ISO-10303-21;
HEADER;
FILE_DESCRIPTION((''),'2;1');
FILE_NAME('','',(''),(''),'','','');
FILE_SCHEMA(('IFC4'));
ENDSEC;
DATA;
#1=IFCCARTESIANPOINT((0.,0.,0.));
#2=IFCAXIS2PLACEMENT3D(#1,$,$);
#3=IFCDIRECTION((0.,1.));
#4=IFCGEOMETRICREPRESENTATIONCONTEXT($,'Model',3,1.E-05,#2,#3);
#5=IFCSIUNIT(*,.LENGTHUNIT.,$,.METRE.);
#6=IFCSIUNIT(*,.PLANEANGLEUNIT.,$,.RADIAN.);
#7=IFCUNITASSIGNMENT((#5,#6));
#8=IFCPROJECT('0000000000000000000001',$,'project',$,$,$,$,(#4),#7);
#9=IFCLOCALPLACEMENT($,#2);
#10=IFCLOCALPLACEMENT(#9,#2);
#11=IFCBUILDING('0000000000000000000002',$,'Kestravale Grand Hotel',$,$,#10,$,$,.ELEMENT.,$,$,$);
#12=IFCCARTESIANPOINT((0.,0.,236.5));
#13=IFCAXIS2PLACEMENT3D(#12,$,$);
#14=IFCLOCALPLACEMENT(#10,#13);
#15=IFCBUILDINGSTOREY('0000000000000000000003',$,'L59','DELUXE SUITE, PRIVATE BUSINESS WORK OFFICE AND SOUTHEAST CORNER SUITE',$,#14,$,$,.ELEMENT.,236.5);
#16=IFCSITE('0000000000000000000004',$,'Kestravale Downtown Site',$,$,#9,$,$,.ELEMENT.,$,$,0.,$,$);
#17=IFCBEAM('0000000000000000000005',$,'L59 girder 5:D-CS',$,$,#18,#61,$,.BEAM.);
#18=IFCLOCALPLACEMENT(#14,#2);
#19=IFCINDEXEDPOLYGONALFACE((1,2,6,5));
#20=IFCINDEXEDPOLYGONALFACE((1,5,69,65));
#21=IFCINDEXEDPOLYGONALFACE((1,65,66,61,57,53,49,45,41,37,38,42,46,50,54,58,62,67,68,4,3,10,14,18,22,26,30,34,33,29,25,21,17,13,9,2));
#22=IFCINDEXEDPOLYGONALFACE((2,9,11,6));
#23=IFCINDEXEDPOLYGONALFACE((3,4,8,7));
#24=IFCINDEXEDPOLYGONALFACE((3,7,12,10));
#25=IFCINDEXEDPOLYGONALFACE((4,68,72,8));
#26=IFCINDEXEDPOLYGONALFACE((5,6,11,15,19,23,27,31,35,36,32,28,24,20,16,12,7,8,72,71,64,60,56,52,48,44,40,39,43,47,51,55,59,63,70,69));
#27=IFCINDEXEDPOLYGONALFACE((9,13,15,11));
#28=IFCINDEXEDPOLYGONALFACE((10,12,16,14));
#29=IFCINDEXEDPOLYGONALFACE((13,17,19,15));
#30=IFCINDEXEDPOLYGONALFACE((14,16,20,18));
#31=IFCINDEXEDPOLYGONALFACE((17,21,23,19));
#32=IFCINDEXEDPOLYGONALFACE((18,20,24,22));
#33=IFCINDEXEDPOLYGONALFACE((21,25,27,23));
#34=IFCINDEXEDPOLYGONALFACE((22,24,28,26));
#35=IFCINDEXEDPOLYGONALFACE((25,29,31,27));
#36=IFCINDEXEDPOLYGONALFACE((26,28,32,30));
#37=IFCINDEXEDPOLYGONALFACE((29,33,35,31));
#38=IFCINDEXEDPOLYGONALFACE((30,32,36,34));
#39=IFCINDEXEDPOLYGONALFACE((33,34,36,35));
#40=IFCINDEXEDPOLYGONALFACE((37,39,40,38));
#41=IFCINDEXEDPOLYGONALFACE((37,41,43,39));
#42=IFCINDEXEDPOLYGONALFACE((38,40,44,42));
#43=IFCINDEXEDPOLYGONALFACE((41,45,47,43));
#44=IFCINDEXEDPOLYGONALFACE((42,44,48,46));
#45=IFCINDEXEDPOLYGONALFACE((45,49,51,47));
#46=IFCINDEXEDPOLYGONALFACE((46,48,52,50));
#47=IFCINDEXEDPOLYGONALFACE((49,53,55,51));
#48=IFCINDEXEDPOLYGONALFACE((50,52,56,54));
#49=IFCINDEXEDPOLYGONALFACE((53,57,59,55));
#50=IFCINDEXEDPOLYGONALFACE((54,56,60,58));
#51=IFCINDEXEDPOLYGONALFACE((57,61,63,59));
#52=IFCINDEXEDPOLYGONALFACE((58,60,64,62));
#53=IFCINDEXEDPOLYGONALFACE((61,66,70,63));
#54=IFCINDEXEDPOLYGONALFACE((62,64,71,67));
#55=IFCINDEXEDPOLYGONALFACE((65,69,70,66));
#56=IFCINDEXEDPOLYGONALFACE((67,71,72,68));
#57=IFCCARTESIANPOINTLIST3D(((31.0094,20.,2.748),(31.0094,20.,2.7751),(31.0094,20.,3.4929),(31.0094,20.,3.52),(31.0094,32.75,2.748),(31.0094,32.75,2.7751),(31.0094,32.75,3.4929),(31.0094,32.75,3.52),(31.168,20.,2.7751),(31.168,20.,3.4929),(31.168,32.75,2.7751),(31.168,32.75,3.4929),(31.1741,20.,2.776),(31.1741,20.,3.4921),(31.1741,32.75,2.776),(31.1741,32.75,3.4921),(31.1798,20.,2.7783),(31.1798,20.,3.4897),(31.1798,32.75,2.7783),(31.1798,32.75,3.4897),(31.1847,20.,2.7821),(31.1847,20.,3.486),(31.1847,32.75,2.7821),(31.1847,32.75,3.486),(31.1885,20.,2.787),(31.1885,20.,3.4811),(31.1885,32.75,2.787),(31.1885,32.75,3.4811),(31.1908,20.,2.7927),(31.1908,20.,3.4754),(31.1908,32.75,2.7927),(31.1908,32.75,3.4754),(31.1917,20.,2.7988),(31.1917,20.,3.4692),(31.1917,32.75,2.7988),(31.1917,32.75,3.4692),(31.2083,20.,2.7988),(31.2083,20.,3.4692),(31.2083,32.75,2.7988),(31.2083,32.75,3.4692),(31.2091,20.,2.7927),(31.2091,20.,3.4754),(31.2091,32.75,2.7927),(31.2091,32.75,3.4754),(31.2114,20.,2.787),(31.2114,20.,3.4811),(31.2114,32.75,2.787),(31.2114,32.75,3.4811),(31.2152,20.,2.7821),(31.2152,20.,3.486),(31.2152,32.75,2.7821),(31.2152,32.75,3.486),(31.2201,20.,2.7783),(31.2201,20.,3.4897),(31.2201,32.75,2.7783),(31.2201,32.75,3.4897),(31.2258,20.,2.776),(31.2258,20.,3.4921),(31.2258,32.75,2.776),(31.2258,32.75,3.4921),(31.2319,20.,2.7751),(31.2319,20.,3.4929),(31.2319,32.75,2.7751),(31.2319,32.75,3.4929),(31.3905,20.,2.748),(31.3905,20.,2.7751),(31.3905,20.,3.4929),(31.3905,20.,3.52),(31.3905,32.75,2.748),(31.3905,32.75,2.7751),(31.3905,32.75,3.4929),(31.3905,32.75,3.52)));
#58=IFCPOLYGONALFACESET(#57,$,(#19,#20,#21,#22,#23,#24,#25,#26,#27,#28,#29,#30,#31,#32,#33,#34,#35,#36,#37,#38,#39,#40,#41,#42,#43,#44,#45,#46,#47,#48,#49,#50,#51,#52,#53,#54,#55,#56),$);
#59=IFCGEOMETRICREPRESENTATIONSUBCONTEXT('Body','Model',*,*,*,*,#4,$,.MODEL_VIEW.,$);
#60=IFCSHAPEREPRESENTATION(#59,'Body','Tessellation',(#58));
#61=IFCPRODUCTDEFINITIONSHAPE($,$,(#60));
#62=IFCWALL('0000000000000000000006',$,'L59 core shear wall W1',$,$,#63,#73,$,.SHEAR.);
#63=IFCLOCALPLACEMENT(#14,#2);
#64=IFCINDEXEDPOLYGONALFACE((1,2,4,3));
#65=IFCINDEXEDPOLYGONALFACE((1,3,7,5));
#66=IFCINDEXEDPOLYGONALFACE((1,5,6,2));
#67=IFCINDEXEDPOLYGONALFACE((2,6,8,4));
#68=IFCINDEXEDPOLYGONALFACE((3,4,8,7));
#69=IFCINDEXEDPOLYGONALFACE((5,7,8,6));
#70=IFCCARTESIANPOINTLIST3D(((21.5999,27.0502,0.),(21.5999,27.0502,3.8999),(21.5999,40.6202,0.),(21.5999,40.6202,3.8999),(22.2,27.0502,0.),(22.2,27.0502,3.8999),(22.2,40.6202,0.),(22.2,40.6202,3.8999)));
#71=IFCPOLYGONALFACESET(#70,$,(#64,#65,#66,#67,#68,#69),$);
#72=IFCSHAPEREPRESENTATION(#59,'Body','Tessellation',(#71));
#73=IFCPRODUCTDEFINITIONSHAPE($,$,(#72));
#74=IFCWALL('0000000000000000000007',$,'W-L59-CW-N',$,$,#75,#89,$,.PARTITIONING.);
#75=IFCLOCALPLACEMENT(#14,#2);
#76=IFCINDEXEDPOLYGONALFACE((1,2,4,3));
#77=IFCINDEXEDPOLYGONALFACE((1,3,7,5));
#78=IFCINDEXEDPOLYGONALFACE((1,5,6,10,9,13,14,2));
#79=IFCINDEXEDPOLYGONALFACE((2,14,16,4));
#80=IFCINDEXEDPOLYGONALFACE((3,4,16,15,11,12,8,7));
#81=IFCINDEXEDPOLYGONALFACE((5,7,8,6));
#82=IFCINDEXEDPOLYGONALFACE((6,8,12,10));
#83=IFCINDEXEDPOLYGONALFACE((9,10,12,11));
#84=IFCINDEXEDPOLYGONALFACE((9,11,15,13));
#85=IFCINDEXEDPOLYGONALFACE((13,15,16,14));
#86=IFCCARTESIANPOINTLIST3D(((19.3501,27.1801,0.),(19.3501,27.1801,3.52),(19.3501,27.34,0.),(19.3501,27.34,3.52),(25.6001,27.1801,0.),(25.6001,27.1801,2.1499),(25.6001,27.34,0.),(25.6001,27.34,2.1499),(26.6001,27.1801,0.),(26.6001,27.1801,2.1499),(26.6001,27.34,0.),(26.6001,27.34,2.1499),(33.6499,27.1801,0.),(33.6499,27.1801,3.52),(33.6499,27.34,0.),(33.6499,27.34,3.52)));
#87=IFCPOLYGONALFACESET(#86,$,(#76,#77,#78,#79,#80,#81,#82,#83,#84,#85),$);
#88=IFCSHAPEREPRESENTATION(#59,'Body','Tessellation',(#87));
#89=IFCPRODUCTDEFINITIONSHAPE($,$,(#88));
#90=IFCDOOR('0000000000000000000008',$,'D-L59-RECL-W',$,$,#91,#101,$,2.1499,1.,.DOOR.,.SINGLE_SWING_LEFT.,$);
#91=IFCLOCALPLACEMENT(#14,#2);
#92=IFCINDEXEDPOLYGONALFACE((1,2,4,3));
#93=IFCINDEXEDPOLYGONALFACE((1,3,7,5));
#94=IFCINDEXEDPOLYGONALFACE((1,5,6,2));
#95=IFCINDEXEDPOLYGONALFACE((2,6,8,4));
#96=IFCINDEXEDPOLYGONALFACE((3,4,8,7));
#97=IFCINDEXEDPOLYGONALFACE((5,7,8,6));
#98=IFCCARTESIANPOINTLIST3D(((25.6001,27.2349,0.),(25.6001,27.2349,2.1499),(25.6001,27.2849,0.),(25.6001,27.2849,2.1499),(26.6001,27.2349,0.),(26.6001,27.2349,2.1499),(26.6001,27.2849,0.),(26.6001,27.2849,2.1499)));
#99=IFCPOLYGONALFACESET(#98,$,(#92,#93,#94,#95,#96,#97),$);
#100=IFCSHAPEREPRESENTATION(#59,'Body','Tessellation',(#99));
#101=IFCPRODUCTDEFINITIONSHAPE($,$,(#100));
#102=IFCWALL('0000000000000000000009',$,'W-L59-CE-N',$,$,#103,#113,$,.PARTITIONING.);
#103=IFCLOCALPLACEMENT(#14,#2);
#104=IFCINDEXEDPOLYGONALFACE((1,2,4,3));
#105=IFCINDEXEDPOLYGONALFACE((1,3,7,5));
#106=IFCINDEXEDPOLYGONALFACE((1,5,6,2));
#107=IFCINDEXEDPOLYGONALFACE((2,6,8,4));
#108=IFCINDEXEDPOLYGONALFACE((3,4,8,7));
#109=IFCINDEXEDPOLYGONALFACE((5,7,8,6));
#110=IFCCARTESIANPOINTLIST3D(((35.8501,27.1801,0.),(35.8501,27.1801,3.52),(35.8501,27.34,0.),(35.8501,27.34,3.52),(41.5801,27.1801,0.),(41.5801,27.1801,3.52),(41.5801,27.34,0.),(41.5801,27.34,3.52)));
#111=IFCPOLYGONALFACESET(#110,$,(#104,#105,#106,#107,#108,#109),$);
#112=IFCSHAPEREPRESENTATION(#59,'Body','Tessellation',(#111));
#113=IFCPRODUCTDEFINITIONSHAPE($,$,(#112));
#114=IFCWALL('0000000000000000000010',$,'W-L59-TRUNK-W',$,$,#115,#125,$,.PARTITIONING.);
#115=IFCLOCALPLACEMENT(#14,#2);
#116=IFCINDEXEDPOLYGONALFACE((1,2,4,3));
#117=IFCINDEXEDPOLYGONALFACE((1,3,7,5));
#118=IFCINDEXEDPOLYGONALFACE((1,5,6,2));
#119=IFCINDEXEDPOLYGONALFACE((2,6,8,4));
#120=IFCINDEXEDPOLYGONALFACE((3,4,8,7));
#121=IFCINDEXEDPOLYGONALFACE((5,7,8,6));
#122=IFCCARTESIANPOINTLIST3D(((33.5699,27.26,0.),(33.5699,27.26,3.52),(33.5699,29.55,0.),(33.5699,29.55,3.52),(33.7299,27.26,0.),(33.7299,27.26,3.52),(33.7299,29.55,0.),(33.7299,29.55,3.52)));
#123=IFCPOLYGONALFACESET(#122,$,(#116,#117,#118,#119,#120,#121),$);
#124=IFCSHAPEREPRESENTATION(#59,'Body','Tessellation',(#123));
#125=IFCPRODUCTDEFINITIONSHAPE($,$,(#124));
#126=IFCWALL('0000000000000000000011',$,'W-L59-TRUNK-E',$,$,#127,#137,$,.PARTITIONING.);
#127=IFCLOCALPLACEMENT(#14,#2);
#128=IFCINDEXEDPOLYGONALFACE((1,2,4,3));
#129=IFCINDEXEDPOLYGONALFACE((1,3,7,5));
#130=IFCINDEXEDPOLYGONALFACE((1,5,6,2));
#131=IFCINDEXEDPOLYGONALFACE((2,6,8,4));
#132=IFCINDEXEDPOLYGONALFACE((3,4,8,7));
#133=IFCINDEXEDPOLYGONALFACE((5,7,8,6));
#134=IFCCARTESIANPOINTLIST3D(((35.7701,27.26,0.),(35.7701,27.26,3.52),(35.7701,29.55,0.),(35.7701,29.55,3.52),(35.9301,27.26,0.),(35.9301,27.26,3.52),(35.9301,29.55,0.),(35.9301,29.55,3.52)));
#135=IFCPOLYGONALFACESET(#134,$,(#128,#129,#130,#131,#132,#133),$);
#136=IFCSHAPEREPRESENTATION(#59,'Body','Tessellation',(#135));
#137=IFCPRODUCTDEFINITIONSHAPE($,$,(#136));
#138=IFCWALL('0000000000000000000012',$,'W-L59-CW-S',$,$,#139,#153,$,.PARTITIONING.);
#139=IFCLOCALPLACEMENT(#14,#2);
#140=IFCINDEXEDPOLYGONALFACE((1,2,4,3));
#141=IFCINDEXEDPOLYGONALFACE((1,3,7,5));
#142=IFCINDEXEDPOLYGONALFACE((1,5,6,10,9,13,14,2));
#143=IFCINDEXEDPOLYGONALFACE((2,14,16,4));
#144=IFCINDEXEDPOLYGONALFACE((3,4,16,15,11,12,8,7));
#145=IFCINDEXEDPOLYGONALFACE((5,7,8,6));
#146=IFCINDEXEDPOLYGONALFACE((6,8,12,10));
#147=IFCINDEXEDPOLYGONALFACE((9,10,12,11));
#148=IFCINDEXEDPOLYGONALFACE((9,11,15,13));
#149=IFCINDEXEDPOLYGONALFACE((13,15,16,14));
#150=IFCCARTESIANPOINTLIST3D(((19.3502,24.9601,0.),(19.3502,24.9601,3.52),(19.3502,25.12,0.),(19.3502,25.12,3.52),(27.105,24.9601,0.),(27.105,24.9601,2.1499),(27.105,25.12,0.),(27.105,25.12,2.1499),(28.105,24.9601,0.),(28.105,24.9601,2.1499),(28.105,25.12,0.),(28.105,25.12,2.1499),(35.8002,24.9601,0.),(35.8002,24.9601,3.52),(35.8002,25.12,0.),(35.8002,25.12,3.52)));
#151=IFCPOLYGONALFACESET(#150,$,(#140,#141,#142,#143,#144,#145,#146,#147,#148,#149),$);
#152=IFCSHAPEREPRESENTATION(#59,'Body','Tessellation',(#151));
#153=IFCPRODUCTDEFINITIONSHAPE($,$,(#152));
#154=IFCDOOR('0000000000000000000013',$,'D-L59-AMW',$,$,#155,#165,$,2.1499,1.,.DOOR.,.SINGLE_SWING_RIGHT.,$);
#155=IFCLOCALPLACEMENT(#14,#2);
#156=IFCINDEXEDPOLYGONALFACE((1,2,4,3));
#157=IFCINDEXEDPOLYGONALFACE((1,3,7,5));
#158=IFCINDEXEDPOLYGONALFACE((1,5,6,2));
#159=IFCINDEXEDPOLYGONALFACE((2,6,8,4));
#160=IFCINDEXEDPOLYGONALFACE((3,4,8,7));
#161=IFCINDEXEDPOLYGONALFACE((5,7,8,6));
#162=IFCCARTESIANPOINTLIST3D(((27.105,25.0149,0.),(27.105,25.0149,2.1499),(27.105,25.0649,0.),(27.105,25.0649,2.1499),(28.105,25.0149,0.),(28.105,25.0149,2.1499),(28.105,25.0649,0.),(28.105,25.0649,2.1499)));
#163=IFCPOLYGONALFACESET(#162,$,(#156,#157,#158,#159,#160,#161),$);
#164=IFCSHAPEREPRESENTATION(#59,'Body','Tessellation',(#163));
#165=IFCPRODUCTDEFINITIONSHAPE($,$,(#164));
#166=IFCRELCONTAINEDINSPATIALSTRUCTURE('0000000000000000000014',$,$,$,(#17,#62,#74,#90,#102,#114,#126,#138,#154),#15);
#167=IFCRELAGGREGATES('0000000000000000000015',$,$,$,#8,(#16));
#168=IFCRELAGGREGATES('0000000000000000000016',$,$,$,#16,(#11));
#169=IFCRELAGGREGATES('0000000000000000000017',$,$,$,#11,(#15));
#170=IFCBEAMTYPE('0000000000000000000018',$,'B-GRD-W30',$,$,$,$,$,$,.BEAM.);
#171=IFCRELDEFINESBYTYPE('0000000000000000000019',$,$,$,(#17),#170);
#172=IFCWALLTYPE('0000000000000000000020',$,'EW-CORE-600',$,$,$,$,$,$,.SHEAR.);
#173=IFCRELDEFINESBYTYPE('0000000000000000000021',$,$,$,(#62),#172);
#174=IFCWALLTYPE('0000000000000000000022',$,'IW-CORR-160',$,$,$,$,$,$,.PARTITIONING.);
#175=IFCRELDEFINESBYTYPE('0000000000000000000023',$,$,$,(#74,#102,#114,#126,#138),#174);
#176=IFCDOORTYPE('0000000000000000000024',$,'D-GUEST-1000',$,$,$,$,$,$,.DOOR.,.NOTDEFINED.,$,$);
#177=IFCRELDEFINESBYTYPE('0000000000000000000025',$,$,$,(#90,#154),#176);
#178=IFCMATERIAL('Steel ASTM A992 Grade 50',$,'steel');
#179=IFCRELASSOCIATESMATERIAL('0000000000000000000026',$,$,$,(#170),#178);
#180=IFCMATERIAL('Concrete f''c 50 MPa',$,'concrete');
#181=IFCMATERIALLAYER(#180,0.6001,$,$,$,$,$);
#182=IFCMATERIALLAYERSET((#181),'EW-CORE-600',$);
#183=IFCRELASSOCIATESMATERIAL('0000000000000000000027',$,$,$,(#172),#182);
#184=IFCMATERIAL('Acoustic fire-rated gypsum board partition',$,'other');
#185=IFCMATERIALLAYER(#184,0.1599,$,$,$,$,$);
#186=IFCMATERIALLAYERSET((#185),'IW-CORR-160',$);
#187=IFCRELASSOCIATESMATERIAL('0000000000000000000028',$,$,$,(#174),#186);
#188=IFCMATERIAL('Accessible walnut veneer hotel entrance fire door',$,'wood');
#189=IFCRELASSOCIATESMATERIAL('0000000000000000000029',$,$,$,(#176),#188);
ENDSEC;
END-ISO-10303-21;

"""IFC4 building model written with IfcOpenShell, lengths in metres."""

from ifc_helpers import new_model, si_unit, direction, frame, frame_2d, origin, origin_2d, place, context, subcontext, project, spatial, rectangle, i_section, extrude, material, layer, layer_set, material_profile, profile_set, type_object, element, fill, save


model = new_model("IFC4")

# Units and contexts
model_context = context("Model", 3, precision=1e-05, world=origin(), true_north=direction((0.0, 1.0)))
body_context = subcontext(model_context, "Body", "Model", "MODEL_VIEW")
ifc_project = project(units=[si_unit("LENGTHUNIT", "METRE"), si_unit("PLANEANGLEUNIT", "RADIAN")], contexts=[model_context])

# Site, building, storey
site_placement = place(None, origin())
site = spatial("IfcSite", under=ifc_project, at=site_placement, Name="Kestravale Downtown Site", CompositionType="ELEMENT", RefElevation=0.0)
building_placement = place(site_placement, origin())
building = spatial("IfcBuilding", under=site, at=building_placement, Name="Kestravale Grand Hotel", CompositionType="ELEMENT")
storey_placement = place(building_placement, frame((0.0, 0.0, 236.5)))
storey = spatial("IfcBuildingStorey", under=building, at=storey_placement, Name="L59", Description="DELUXE SUITE, PRIVATE BUSINESS WORK OFFICE AND SOUTHEAST CORNER SUITE", CompositionType="ELEMENT", Elevation=236.5)

# Beam
ifc_material_1 = material(Name="Steel ASTM A992 Grade 50", Category="steel")
ifc_material_profile_1 = material_profile(ifc_material_1, i_section(OverallWidth=0.3811, OverallDepth=0.772, WebThickness=0.0166, FlangeThickness=0.0271, FilletRadius=0.0237, at=origin_2d()))
ifc_profile_set_1 = profile_set([ifc_material_profile_1], Name="Steel ASTM A992 Grade 50")
beam_type_1 = type_object("IfcBeamType", Name="B-GRD-W30", PredefinedType="BEAM", material=ifc_profile_set_1)
for number, where, z_axis, x_axis, name in (
    (1, (31.2, 20.0, 3.134), (0.0, 1.0, 0.0), (-1.0, 0.0, 0.0), "L59 girder 5:D-CS"),
):
    element("IfcBeam", number, at=place(storey_placement, frame(where, z_axis=z_axis, x_axis=x_axis)), inside=storey, type_object=beam_type_1, Name=name, PredefinedType="BEAM", context=body_context, shape_type="SweptSolid", body=[
        extrude(i_section(OverallWidth=0.3811, OverallDepth=0.772, WebThickness=0.0166, FlangeThickness=0.0271, FilletRadius=0.0237, at=origin_2d()), origin(), (0.0, 0.0, 1.0), 12.75),
    ])

# Wall
ifc_material_2 = material(Name="Concrete f'c 50 MPa", Category="concrete")
ifc_layer_1 = layer(ifc_material_2, 0.6001)
ifc_layer_set_1 = layer_set([ifc_layer_1], Name="EW-CORE-600")
wall_type_1 = type_object("IfcWallType", Name="EW-CORE-600", PredefinedType="SHEAR", material=ifc_layer_set_1)
wall_1_placement = place(storey_placement, frame((21.8999, 27.05, 0.0), z_axis=(0.0, 0.0, 1.0), x_axis=(0.0, 1.0, 0.0)))
element("IfcWall", 2, at=wall_1_placement, inside=storey, type_object=wall_type_1, Name="L59 core shear wall W1", PredefinedType="SHEAR", context=body_context, shape_type="SweptSolid", body=[
    extrude(rectangle(XDim=13.5701, YDim=0.6001, at=frame_2d((6.7852, 0.0))), origin(), (0.0, 0.0, 1.0), 3.8999),
])

# Wall, opening, door
ifc_material_3 = material(Name="Acoustic fire-rated gypsum board partition", Category="other")
ifc_layer_2 = layer(ifc_material_3, 0.1599)
ifc_layer_set_2 = layer_set([ifc_layer_2], Name="IW-CORR-160")
wall_type_2 = type_object("IfcWallType", Name="IW-CORR-160", PredefinedType="PARTITIONING", material=ifc_layer_set_2)
wall_2_placement = place(storey_placement, frame((19.3501, 27.26, 0.0), z_axis=(0.0, 0.0, 1.0), x_axis=(1.0, 0.0, 0.0)))
wall_2 = element("IfcWall", 3, at=wall_2_placement, inside=storey, type_object=wall_type_2, Name="W-L59-CW-N", PredefinedType="PARTITIONING", context=body_context, shape_type="SweptSolid", body=[
    extrude(rectangle(XDim=14.2998, YDim=0.1599, at=frame_2d((7.1499, 0.0))), origin(), (0.0, 0.0, 1.0), 3.52),
])
opening_1_placement = place(wall_2_placement, frame((6.25, 0.0, 0.0)))
opening_1 = element("IfcOpeningElement", 4, at=opening_1_placement, cuts=wall_2, PredefinedType="OPENING", context=body_context, shape_type="SweptSolid", body=[
    extrude(rectangle(XDim=1.0, YDim=2.1499, at=frame_2d((0.5, 1.075))), frame((0.0, 0.0898, 0.0), z_axis=(0.0, -1.0, 0.0), x_axis=(1.0, 0.0, 0.0)), (0.0, 0.0, 1.0), 0.1799),
])
ifc_material_4 = material(Name="Accessible walnut veneer hotel entrance fire door", Category="wood")
door_type_1 = type_object("IfcDoorType", Name="D-GUEST-1000", OperationType="NOTDEFINED", PredefinedType="DOOR", material=ifc_material_4)
door_1_placement = place(opening_1_placement, origin())
door_1 = element("IfcDoor", 5, at=door_1_placement, inside=storey, type_object=door_type_1, Name="D-L59-RECL-W", OperationType="SINGLE_SWING_LEFT", OverallHeight=2.1499, OverallWidth=1.0, PredefinedType="DOOR", context=body_context, shape_type="SweptSolid", body=[
    extrude(rectangle(XDim=1.0, YDim=2.1499, at=frame_2d((0.5, 1.075))), frame((0.0, 0.0249, 0.0), z_axis=(0.0, -1.0, 0.0), x_axis=(1.0, 0.0, 0.0)), (0.0, 0.0, 1.0), 0.05),
])
fill(opening_1, door_1)

# Walls
wall_3_placement = place(storey_placement, frame((35.8501, 27.26, 0.0), z_axis=(0.0, 0.0, 1.0), x_axis=(1.0, 0.0, 0.0)))
element("IfcWall", 6, at=wall_3_placement, inside=storey, type_object=wall_type_2, Name="W-L59-CE-N", PredefinedType="PARTITIONING", context=body_context, shape_type="SweptSolid", body=[
    extrude(rectangle(XDim=5.73, YDim=0.1599, at=frame_2d((2.865, 0.0))), origin(), (0.0, 0.0, 1.0), 3.52),
])
for number, where, z_axis, x_axis, name in (
    (7, (33.6499, 27.26, 0.0), (0.0, 0.0, 1.0), (0.0, 1.0, 0.0), "W-L59-TRUNK-W"),
    (8, (35.8501, 27.26, 0.0), (0.0, 0.0, 1.0), (0.0, 1.0, 0.0), "W-L59-TRUNK-E"),
):
    element("IfcWall", number, at=place(storey_placement, frame(where, z_axis=z_axis, x_axis=x_axis)), inside=storey, type_object=wall_type_2, Name=name, PredefinedType="PARTITIONING", context=body_context, shape_type="SweptSolid", body=[
        extrude(rectangle(XDim=2.29, YDim=0.1599, at=frame_2d((1.145, 0.0))), origin(), (0.0, 0.0, 1.0), 3.52),
    ])

# Wall, opening, door
wall_4_placement = place(storey_placement, frame((19.3501, 25.04, 0.0), z_axis=(0.0, 0.0, 1.0), x_axis=(1.0, 0.0, 0.0)))
wall_4 = element("IfcWall", 9, at=wall_4_placement, inside=storey, type_object=wall_type_2, Name="W-L59-CW-S", PredefinedType="PARTITIONING", context=body_context, shape_type="SweptSolid", body=[
    extrude(rectangle(XDim=16.45, YDim=0.1599, at=frame_2d((8.2251, 0.0))), origin(), (0.0, 0.0, 1.0), 3.52),
])
opening_2_placement = place(wall_4_placement, frame((7.7549, 0.0, 0.0)))
opening_2 = element("IfcOpeningElement", 10, at=opening_2_placement, cuts=wall_4, PredefinedType="OPENING", context=body_context, shape_type="SweptSolid", body=[
    extrude(rectangle(XDim=1.0, YDim=2.1499, at=frame_2d((0.5, 1.075))), frame((0.0, 0.0898, 0.0), z_axis=(0.0, -1.0, 0.0), x_axis=(1.0, 0.0, 0.0)), (0.0, 0.0, 1.0), 0.1799),
])
door_2_placement = place(opening_2_placement, origin())
door_2 = element("IfcDoor", 11, at=door_2_placement, inside=storey, type_object=door_type_1, Name="D-L59-AMW", OperationType="SINGLE_SWING_RIGHT", OverallHeight=2.1499, OverallWidth=1.0, PredefinedType="DOOR", context=body_context, shape_type="SweptSolid", body=[
    extrude(rectangle(XDim=1.0, YDim=2.1499, at=frame_2d((0.5, 1.075))), frame((0.0, 0.0249, 0.0), z_axis=(0.0, -1.0, 0.0), x_axis=(1.0, 0.0, 0.0)), (0.0, 0.0, 1.0), 0.05),
])
fill(opening_2, door_2)

save(model, "model.ifc")
